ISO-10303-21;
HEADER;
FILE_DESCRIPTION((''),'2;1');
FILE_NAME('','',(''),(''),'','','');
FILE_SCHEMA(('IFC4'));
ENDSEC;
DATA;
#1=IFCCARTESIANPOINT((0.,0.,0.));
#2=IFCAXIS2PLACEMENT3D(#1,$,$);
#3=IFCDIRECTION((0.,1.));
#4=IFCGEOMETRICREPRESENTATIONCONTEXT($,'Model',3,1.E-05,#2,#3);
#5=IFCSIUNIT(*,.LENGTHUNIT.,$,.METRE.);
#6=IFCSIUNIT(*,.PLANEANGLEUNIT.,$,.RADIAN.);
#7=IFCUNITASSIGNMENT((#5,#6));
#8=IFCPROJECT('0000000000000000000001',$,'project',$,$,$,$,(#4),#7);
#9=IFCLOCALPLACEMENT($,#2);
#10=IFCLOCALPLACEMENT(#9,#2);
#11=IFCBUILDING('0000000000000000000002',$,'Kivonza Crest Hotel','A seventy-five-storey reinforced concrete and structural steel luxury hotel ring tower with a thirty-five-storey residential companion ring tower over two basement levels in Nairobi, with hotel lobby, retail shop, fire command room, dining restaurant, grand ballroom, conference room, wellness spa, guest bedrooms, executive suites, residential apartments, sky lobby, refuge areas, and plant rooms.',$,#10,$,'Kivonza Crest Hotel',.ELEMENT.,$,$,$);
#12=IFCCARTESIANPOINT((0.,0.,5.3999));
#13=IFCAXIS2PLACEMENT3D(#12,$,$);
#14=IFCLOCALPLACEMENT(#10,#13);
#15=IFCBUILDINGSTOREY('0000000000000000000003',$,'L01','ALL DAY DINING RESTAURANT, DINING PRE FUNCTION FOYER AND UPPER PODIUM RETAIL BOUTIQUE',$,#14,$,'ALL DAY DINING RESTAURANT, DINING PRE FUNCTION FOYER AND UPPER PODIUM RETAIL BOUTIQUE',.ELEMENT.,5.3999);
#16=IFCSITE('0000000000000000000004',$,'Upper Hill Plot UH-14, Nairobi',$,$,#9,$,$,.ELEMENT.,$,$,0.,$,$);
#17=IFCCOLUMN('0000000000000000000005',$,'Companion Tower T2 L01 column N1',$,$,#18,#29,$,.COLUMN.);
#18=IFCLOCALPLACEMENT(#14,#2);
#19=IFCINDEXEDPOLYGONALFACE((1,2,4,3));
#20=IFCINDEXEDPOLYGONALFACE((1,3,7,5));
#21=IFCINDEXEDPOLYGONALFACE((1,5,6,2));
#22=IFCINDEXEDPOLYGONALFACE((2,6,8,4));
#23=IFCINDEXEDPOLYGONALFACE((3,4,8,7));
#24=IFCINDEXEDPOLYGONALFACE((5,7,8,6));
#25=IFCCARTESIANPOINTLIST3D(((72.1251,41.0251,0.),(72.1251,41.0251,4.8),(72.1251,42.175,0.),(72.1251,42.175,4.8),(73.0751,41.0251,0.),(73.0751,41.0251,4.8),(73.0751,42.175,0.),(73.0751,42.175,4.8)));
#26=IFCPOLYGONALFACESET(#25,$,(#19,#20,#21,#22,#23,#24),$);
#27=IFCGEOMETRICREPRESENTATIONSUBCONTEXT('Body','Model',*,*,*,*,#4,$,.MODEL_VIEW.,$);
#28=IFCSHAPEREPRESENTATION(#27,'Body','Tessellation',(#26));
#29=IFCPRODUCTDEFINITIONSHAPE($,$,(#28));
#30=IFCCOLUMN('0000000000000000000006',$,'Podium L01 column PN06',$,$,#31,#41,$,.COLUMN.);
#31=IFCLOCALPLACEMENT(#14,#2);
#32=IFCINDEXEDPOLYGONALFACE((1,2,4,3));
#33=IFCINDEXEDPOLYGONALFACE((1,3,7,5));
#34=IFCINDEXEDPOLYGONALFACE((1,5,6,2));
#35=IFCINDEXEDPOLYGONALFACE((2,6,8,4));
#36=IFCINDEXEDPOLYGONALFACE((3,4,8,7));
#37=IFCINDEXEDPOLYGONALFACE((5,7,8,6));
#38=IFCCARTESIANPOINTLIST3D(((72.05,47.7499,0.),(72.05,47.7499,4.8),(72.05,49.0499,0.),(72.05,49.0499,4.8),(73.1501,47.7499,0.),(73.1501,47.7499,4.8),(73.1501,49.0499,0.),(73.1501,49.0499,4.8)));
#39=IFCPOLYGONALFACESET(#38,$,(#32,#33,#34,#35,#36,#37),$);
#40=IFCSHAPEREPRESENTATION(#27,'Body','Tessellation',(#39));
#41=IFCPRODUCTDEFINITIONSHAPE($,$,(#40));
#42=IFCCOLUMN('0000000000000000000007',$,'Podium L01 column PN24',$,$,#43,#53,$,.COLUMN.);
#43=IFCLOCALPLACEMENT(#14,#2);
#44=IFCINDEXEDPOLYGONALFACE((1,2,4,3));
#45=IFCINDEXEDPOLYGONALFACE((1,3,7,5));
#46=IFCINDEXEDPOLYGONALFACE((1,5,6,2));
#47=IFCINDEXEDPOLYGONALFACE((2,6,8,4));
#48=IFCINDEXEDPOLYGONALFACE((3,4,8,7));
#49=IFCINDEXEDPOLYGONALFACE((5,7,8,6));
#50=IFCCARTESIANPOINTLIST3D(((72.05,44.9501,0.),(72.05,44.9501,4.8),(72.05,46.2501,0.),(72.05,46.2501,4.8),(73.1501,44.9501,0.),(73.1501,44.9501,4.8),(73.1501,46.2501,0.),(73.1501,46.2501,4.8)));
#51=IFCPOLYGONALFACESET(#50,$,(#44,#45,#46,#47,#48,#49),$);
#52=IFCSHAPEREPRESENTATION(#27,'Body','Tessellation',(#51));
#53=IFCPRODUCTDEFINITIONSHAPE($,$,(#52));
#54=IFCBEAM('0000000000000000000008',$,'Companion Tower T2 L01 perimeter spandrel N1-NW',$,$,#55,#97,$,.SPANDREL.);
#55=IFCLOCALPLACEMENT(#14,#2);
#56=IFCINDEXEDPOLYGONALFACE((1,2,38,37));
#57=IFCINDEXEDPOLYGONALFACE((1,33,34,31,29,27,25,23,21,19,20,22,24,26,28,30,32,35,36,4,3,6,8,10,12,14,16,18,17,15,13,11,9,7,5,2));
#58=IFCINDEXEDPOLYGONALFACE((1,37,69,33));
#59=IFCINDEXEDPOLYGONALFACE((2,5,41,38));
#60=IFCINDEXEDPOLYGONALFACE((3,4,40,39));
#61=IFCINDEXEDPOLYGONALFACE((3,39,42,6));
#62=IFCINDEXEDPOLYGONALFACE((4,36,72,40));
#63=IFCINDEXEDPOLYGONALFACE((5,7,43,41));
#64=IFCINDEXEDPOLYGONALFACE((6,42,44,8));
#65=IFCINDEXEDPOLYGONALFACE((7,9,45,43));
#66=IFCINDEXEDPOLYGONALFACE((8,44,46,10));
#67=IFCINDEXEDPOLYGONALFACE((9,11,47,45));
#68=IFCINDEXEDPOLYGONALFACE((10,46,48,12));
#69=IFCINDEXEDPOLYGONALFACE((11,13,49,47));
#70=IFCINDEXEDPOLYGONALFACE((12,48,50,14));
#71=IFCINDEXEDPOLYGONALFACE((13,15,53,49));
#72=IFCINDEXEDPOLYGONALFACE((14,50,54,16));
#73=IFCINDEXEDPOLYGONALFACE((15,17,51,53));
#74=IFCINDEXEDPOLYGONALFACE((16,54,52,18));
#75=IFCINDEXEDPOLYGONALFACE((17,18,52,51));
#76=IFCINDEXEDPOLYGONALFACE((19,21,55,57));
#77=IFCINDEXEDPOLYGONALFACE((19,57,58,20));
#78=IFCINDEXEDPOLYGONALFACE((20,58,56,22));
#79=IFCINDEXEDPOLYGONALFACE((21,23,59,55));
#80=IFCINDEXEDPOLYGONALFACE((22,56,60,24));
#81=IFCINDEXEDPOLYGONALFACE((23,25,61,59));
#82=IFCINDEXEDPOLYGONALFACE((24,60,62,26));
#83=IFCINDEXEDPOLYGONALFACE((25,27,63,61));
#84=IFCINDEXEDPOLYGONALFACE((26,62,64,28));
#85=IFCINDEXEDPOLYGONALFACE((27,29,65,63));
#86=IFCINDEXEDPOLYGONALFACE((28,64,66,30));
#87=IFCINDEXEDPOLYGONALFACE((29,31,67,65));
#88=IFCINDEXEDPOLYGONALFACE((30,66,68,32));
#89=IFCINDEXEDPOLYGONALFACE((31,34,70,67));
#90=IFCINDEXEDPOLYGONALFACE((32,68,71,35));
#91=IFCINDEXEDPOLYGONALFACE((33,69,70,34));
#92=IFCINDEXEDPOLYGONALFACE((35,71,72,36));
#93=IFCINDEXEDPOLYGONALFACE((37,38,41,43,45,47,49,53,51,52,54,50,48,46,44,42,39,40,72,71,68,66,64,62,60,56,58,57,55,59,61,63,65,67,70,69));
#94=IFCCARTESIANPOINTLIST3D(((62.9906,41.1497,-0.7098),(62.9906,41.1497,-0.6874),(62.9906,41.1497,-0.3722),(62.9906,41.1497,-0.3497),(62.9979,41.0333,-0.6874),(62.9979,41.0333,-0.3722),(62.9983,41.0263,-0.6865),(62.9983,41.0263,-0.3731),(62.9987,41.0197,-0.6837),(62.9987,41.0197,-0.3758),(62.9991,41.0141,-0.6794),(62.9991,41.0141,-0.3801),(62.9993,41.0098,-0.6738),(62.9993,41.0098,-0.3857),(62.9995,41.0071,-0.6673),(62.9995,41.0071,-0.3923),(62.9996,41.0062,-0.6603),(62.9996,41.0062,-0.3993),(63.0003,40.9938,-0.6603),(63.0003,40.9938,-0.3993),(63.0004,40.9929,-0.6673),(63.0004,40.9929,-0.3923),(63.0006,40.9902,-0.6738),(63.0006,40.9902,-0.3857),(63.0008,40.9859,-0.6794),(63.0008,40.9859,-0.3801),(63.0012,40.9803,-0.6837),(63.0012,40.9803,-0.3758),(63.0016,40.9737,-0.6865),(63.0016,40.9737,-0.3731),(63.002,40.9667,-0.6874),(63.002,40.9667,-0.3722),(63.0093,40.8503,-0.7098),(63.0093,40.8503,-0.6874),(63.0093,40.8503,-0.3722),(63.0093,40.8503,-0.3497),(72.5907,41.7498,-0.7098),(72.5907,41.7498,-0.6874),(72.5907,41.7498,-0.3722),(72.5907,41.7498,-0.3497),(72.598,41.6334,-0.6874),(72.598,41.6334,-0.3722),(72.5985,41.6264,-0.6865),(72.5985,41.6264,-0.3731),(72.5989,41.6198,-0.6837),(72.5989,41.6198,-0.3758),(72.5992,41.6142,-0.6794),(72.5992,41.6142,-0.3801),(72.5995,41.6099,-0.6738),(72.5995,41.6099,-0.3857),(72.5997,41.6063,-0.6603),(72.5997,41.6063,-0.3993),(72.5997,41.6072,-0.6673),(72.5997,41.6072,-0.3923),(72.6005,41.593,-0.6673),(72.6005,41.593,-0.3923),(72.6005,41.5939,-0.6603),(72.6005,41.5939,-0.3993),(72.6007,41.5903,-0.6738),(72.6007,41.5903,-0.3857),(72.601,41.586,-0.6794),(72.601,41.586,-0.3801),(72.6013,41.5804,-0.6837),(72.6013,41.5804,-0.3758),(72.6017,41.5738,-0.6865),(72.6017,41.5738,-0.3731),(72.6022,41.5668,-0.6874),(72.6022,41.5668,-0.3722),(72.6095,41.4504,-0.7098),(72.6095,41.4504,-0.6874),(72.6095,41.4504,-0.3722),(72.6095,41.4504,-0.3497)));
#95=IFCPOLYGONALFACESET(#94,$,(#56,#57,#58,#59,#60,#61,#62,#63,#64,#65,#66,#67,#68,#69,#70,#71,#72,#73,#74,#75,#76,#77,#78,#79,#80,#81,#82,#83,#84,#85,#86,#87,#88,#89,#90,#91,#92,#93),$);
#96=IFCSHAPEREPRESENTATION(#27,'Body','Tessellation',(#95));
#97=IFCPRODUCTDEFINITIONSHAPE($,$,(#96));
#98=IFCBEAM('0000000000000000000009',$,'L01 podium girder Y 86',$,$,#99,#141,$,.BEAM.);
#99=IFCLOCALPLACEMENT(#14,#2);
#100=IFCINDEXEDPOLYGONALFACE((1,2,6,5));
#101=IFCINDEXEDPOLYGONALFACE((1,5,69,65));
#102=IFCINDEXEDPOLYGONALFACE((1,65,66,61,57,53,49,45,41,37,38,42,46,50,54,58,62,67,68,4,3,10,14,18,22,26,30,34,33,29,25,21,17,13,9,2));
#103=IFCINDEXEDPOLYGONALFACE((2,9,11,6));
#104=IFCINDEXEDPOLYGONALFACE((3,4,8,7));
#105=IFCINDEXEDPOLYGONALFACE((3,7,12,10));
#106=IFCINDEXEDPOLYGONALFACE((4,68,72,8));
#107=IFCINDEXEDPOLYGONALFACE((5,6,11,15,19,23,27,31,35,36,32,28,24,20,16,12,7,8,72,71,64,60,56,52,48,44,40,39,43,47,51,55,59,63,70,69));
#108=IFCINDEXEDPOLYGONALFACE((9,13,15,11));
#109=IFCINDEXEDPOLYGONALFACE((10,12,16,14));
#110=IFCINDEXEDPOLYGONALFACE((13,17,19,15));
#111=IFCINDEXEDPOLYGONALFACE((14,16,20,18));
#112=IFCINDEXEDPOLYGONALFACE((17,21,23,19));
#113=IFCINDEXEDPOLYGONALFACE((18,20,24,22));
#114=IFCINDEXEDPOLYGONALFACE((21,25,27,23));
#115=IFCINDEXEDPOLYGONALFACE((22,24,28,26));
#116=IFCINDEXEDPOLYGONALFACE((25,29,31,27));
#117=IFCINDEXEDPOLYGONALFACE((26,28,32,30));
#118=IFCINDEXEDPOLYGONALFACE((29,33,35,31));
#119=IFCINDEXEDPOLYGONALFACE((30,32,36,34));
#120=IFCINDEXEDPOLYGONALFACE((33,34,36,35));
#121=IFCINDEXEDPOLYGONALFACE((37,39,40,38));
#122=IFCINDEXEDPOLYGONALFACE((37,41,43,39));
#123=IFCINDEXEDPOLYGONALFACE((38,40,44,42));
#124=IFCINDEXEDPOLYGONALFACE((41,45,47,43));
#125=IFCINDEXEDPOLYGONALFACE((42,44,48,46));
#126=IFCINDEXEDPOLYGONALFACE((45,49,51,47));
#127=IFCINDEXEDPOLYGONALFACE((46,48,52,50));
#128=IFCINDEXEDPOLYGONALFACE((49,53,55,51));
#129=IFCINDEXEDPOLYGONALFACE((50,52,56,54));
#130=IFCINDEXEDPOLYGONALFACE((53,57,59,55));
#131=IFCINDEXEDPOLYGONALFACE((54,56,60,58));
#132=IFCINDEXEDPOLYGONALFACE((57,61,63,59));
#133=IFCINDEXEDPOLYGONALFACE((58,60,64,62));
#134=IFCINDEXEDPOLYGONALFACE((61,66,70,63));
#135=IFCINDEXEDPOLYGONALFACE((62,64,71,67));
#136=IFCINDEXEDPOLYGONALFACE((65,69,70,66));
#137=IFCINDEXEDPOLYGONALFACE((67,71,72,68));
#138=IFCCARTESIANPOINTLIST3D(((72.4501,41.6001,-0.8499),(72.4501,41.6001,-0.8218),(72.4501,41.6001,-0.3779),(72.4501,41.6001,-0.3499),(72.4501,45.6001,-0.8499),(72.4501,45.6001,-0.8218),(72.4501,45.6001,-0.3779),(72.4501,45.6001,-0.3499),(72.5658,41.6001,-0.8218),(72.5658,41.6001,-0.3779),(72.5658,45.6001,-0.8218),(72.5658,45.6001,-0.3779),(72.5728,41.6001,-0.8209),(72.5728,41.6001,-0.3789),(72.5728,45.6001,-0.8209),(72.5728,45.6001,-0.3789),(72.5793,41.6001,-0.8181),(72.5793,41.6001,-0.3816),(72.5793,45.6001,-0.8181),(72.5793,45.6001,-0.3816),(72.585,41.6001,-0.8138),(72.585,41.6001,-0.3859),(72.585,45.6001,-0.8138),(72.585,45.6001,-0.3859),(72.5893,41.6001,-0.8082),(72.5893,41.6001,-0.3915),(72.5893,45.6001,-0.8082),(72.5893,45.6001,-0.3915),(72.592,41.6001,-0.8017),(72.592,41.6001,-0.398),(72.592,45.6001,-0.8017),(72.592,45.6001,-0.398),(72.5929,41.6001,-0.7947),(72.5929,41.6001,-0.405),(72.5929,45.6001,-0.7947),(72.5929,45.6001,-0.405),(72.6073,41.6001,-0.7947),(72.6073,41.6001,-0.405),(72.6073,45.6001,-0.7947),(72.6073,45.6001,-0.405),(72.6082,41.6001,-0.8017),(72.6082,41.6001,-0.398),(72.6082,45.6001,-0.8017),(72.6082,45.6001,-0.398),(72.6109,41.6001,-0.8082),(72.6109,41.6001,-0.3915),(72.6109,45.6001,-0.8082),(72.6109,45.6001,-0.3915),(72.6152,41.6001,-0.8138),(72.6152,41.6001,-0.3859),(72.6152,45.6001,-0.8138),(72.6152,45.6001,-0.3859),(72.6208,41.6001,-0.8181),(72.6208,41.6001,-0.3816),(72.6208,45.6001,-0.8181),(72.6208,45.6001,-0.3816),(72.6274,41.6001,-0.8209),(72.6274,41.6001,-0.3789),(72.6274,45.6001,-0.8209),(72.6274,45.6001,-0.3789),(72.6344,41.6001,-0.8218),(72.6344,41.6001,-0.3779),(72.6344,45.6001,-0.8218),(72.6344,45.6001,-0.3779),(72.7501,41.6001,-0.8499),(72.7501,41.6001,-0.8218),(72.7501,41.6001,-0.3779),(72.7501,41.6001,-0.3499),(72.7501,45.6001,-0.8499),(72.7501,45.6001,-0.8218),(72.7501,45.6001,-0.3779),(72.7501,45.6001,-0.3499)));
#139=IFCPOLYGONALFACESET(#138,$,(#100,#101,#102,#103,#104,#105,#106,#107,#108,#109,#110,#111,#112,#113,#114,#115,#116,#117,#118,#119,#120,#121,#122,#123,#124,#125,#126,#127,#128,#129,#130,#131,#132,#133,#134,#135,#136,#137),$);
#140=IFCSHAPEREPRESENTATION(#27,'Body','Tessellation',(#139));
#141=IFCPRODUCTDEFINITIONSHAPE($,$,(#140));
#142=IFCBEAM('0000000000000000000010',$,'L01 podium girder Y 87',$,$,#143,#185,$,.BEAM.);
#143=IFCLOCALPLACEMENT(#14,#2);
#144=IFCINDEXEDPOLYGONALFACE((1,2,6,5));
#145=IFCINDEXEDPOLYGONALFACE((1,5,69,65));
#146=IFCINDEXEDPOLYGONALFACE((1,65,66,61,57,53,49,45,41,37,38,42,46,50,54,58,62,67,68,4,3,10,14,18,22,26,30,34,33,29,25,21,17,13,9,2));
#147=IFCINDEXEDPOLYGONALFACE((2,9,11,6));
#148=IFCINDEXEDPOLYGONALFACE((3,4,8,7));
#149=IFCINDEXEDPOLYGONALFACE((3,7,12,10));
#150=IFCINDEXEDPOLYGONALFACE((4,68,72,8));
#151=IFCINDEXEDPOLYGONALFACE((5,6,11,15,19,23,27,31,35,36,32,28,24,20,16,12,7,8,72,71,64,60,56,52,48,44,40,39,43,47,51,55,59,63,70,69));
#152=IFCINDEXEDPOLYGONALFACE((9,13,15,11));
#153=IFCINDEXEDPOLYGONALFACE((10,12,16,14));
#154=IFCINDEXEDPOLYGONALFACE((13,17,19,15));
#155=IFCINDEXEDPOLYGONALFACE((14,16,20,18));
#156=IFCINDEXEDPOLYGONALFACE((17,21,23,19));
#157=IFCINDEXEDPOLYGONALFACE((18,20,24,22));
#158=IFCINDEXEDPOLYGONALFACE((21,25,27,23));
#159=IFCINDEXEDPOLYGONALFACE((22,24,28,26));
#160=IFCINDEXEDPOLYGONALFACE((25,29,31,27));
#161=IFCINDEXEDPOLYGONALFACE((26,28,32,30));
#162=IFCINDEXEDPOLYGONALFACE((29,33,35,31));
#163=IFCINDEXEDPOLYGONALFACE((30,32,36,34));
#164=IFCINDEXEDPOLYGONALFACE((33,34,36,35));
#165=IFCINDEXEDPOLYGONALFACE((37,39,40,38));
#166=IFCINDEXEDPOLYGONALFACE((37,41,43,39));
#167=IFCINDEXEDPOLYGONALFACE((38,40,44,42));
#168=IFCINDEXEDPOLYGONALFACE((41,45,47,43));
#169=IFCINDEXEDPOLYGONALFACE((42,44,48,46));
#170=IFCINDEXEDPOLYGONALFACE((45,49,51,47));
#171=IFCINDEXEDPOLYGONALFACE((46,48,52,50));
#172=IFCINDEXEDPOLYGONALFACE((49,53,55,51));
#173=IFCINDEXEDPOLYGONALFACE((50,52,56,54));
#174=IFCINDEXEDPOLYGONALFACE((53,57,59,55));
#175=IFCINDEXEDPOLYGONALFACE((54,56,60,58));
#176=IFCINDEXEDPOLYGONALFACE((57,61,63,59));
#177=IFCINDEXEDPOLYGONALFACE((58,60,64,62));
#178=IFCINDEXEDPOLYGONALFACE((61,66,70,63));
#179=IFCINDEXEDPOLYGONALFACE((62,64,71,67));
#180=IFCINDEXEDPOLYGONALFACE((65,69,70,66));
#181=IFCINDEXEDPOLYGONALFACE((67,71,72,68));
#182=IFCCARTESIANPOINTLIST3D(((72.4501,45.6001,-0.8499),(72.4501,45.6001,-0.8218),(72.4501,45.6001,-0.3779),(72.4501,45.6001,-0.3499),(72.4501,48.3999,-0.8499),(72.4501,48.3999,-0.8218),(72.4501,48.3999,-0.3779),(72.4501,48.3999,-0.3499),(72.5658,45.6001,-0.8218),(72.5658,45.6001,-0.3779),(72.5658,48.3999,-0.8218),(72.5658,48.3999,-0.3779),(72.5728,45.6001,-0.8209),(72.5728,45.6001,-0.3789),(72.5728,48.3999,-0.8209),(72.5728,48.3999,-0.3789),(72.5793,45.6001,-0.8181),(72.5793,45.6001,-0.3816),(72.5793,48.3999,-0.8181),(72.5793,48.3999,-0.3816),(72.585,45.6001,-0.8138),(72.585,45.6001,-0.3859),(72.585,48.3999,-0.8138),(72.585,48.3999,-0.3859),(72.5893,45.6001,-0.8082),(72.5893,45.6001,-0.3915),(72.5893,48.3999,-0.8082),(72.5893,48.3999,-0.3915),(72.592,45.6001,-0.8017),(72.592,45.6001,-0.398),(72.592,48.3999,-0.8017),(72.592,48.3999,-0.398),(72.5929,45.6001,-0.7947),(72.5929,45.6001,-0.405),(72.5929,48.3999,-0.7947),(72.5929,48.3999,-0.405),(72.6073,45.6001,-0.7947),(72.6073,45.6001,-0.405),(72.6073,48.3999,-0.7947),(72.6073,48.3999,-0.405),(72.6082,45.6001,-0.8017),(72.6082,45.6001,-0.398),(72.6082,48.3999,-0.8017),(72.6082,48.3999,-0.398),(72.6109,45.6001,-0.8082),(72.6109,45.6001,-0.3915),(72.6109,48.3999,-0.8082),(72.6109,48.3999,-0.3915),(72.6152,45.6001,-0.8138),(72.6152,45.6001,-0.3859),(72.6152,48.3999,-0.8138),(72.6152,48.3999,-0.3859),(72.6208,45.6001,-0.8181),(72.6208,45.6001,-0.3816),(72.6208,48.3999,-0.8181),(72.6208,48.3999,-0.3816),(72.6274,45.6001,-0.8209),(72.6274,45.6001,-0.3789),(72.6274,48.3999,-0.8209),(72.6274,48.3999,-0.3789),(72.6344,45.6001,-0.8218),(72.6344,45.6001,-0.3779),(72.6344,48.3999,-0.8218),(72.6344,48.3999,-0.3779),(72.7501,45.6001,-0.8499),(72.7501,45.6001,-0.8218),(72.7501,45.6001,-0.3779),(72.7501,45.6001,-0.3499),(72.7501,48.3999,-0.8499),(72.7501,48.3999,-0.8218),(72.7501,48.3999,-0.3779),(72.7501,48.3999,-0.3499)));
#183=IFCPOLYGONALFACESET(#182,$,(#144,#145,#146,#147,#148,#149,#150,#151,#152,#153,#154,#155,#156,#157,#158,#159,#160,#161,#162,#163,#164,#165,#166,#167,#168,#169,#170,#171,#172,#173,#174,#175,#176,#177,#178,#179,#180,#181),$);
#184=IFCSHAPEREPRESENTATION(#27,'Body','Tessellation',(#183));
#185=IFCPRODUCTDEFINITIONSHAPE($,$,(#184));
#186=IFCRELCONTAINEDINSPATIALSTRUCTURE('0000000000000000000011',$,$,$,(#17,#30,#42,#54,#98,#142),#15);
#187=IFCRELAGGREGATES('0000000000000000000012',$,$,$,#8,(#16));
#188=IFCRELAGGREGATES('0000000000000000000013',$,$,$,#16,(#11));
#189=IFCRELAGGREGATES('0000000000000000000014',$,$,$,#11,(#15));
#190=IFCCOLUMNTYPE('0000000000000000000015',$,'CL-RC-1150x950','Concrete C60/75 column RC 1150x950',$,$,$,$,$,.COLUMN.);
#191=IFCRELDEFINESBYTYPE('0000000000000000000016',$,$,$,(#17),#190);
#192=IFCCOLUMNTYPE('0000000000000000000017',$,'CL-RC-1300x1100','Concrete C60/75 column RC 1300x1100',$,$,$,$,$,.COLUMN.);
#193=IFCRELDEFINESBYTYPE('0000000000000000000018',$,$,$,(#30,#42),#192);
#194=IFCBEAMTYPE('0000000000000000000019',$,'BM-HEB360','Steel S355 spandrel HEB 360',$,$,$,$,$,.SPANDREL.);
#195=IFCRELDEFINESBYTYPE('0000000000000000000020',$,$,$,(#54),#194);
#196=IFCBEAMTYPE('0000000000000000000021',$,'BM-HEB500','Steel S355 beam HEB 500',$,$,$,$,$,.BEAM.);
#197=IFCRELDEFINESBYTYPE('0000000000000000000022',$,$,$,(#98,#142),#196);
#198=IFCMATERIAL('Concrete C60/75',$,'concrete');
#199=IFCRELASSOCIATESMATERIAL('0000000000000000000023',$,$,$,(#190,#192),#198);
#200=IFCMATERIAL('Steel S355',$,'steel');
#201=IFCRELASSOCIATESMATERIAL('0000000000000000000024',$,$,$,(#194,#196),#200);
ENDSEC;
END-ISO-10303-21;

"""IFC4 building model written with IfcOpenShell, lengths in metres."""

from ifc_helpers import new_model, si_unit, direction, frame, origin, origin_2d, place, context, subcontext, project, spatial, rectangle, i_section, extrude, material, material_profile, profile_set, type_object, element, save


model = new_model("IFC4")

# Units and contexts
model_context = context("Model", 3, precision=1e-05, world=origin(), true_north=direction((0.0, 1.0)))
body_context = subcontext(model_context, "Body", "Model", "MODEL_VIEW")
ifc_project = project(units=[si_unit("LENGTHUNIT", "METRE"), si_unit("PLANEANGLEUNIT", "RADIAN")], contexts=[model_context])

# Site, building, storey
site_placement = place(None, origin())
site = spatial("IfcSite", under=ifc_project, at=site_placement, Name="Upper Hill Plot UH-14, Nairobi", CompositionType="ELEMENT", RefElevation=0.0)
building_placement = place(site_placement, origin())
building = spatial("IfcBuilding", under=site, at=building_placement, Name="Kivonza Crest Hotel", Description="A seventy-five-storey reinforced concrete and structural steel luxury hotel ring tower with a thirty-five-storey residential companion ring tower over two basement levels in Nairobi, with hotel lobby, retail shop, fire command room, dining restaurant, grand ballroom, conference room, wellness spa, guest bedrooms, executive suites, residential apartments, sky lobby, refuge areas, and plant rooms.", LongName="Kivonza Crest Hotel", CompositionType="ELEMENT")
storey_placement = place(building_placement, frame((0.0, 0.0, 5.3999)))
storey = spatial("IfcBuildingStorey", under=building, at=storey_placement, Name="L01", Description="ALL DAY DINING RESTAURANT, DINING PRE FUNCTION FOYER AND UPPER PODIUM RETAIL BOUTIQUE", LongName="ALL DAY DINING RESTAURANT, DINING PRE FUNCTION FOYER AND UPPER PODIUM RETAIL BOUTIQUE", CompositionType="ELEMENT", Elevation=5.3999)

# Columns
ifc_material_1 = material(Name="Concrete C60/75", Category="concrete")
ifc_material_profile_1 = material_profile(ifc_material_1, rectangle(XDim=0.95, YDim=1.1499, at=origin_2d()), Name="RC 1150x950")
ifc_profile_set_1 = profile_set([ifc_material_profile_1], Name="Concrete C60/75")
column_type_1 = type_object("IfcColumnType", Name="CL-RC-1150x950", Description="Concrete C60/75 column RC 1150x950", PredefinedType="COLUMN", material=ifc_profile_set_1)
column_placement = place(storey_placement, frame((72.6001, 41.6001, 0.0), z_axis=(0.0, 0.0, 1.0), x_axis=(1.0, 0.0, 0.0)))
element("IfcColumn", 1, at=column_placement, inside=storey, type_object=column_type_1, Name="Companion Tower T2 L01 column N1", PredefinedType="COLUMN", context=body_context, shape_type="SweptSolid", body=[
    extrude(rectangle(XDim=0.95, YDim=1.1499, at=origin_2d()), origin(), (0.0, 0.0, 1.0), 4.8),
])
ifc_material_profile_2 = material_profile(ifc_material_1, rectangle(XDim=1.1001, YDim=1.3, at=origin_2d()), Name="RC 1300x1100")
ifc_profile_set_2 = profile_set([ifc_material_profile_2], Name="Concrete C60/75")
column_type_2 = type_object("IfcColumnType", Name="CL-RC-1300x1100", Description="Concrete C60/75 column RC 1300x1100", PredefinedType="COLUMN", material=ifc_profile_set_2)
for number, where, z_axis, x_axis, name in (
    (2, (72.6001, 48.3999, 0.0), (0.0, 0.0, 1.0), (1.0, 0.0, 0.0), "Podium L01 column PN06"),
    (3, (72.6001, 45.6001, 0.0), (0.0, 0.0, 1.0), (1.0, 0.0, 0.0), "Podium L01 column PN24"),
):
    element("IfcColumn", number, at=place(storey_placement, frame(where, z_axis=z_axis, x_axis=x_axis)), inside=storey, type_object=column_type_2, Name=name, PredefinedType="COLUMN", context=body_context, shape_type="SweptSolid", body=[
        extrude(rectangle(XDim=1.1001, YDim=1.3, at=origin_2d()), origin(), (0.0, 0.0, 1.0), 4.8),
    ])

# Beams
ifc_material_2 = material(Name="Steel S355", Category="steel")
ifc_material_profile_3 = material_profile(ifc_material_2, i_section(OverallWidth=0.3, OverallDepth=0.3601, WebThickness=0.0125, FlangeThickness=0.0225, FilletRadius=0.0271, at=origin_2d()), Name="HEB 360")
ifc_profile_set_3 = profile_set([ifc_material_profile_3], Name="Steel S355")
beam_type_1 = type_object("IfcBeamType", Name="BM-HEB360", Description="Steel S355 spandrel HEB 360", PredefinedType="SPANDREL", material=ifc_profile_set_3)
beam_1_placement = place(storey_placement, frame((72.6001, 41.6001, -0.5298), z_axis=(-0.998052, -0.062388, 0.0), x_axis=(0.062388, -0.998052, 0.0)))
element("IfcBeam", 4, at=beam_1_placement, inside=storey, type_object=beam_type_1, Name="Companion Tower T2 L01 perimeter spandrel N1-NW", PredefinedType="SPANDREL", context=body_context, shape_type="SweptSolid", body=[
    extrude(i_section(OverallWidth=0.3, OverallDepth=0.3601, WebThickness=0.0125, FlangeThickness=0.0225, FilletRadius=0.0271, at=origin_2d()), origin(), (0.0, 0.0, 1.0), 9.6189),
])
ifc_material_profile_4 = material_profile(ifc_material_2, i_section(OverallWidth=0.3, OverallDepth=0.5, WebThickness=0.0144, FlangeThickness=0.0281, FilletRadius=0.0271, at=origin_2d()), Name="HEB 500")
ifc_profile_set_4 = profile_set([ifc_material_profile_4], Name="Steel S355")
beam_type_2 = type_object("IfcBeamType", Name="BM-HEB500", Description="Steel S355 beam HEB 500", PredefinedType="BEAM", material=ifc_profile_set_4)
beam_2_placement = place(storey_placement, frame((72.6001, 41.6001, -0.5999), z_axis=(0.0, 1.0, 0.0), x_axis=(-1.0, 0.0, 0.0)))
element("IfcBeam", 5, at=beam_2_placement, inside=storey, type_object=beam_type_2, Name="L01 podium girder Y 86", PredefinedType="BEAM", context=body_context, shape_type="SweptSolid", body=[
    extrude(i_section(OverallWidth=0.3, OverallDepth=0.5, WebThickness=0.0144, FlangeThickness=0.0281, FilletRadius=0.0271, at=origin_2d()), origin(), (0.0, 0.0, 1.0), 4.0),
])
beam_3_placement = place(storey_placement, frame((72.6001, 45.6001, -0.5999), z_axis=(0.0, 1.0, 0.0), x_axis=(-1.0, 0.0, 0.0)))
element("IfcBeam", 6, at=beam_3_placement, inside=storey, type_object=beam_type_2, Name="L01 podium girder Y 87", PredefinedType="BEAM", context=body_context, shape_type="SweptSolid", body=[
    extrude(i_section(OverallWidth=0.3, OverallDepth=0.5, WebThickness=0.0144, FlangeThickness=0.0281, FilletRadius=0.0271, at=origin_2d()), origin(), (0.0, 0.0, 1.0), 2.7998),
])

save(model, "model.ifc")
